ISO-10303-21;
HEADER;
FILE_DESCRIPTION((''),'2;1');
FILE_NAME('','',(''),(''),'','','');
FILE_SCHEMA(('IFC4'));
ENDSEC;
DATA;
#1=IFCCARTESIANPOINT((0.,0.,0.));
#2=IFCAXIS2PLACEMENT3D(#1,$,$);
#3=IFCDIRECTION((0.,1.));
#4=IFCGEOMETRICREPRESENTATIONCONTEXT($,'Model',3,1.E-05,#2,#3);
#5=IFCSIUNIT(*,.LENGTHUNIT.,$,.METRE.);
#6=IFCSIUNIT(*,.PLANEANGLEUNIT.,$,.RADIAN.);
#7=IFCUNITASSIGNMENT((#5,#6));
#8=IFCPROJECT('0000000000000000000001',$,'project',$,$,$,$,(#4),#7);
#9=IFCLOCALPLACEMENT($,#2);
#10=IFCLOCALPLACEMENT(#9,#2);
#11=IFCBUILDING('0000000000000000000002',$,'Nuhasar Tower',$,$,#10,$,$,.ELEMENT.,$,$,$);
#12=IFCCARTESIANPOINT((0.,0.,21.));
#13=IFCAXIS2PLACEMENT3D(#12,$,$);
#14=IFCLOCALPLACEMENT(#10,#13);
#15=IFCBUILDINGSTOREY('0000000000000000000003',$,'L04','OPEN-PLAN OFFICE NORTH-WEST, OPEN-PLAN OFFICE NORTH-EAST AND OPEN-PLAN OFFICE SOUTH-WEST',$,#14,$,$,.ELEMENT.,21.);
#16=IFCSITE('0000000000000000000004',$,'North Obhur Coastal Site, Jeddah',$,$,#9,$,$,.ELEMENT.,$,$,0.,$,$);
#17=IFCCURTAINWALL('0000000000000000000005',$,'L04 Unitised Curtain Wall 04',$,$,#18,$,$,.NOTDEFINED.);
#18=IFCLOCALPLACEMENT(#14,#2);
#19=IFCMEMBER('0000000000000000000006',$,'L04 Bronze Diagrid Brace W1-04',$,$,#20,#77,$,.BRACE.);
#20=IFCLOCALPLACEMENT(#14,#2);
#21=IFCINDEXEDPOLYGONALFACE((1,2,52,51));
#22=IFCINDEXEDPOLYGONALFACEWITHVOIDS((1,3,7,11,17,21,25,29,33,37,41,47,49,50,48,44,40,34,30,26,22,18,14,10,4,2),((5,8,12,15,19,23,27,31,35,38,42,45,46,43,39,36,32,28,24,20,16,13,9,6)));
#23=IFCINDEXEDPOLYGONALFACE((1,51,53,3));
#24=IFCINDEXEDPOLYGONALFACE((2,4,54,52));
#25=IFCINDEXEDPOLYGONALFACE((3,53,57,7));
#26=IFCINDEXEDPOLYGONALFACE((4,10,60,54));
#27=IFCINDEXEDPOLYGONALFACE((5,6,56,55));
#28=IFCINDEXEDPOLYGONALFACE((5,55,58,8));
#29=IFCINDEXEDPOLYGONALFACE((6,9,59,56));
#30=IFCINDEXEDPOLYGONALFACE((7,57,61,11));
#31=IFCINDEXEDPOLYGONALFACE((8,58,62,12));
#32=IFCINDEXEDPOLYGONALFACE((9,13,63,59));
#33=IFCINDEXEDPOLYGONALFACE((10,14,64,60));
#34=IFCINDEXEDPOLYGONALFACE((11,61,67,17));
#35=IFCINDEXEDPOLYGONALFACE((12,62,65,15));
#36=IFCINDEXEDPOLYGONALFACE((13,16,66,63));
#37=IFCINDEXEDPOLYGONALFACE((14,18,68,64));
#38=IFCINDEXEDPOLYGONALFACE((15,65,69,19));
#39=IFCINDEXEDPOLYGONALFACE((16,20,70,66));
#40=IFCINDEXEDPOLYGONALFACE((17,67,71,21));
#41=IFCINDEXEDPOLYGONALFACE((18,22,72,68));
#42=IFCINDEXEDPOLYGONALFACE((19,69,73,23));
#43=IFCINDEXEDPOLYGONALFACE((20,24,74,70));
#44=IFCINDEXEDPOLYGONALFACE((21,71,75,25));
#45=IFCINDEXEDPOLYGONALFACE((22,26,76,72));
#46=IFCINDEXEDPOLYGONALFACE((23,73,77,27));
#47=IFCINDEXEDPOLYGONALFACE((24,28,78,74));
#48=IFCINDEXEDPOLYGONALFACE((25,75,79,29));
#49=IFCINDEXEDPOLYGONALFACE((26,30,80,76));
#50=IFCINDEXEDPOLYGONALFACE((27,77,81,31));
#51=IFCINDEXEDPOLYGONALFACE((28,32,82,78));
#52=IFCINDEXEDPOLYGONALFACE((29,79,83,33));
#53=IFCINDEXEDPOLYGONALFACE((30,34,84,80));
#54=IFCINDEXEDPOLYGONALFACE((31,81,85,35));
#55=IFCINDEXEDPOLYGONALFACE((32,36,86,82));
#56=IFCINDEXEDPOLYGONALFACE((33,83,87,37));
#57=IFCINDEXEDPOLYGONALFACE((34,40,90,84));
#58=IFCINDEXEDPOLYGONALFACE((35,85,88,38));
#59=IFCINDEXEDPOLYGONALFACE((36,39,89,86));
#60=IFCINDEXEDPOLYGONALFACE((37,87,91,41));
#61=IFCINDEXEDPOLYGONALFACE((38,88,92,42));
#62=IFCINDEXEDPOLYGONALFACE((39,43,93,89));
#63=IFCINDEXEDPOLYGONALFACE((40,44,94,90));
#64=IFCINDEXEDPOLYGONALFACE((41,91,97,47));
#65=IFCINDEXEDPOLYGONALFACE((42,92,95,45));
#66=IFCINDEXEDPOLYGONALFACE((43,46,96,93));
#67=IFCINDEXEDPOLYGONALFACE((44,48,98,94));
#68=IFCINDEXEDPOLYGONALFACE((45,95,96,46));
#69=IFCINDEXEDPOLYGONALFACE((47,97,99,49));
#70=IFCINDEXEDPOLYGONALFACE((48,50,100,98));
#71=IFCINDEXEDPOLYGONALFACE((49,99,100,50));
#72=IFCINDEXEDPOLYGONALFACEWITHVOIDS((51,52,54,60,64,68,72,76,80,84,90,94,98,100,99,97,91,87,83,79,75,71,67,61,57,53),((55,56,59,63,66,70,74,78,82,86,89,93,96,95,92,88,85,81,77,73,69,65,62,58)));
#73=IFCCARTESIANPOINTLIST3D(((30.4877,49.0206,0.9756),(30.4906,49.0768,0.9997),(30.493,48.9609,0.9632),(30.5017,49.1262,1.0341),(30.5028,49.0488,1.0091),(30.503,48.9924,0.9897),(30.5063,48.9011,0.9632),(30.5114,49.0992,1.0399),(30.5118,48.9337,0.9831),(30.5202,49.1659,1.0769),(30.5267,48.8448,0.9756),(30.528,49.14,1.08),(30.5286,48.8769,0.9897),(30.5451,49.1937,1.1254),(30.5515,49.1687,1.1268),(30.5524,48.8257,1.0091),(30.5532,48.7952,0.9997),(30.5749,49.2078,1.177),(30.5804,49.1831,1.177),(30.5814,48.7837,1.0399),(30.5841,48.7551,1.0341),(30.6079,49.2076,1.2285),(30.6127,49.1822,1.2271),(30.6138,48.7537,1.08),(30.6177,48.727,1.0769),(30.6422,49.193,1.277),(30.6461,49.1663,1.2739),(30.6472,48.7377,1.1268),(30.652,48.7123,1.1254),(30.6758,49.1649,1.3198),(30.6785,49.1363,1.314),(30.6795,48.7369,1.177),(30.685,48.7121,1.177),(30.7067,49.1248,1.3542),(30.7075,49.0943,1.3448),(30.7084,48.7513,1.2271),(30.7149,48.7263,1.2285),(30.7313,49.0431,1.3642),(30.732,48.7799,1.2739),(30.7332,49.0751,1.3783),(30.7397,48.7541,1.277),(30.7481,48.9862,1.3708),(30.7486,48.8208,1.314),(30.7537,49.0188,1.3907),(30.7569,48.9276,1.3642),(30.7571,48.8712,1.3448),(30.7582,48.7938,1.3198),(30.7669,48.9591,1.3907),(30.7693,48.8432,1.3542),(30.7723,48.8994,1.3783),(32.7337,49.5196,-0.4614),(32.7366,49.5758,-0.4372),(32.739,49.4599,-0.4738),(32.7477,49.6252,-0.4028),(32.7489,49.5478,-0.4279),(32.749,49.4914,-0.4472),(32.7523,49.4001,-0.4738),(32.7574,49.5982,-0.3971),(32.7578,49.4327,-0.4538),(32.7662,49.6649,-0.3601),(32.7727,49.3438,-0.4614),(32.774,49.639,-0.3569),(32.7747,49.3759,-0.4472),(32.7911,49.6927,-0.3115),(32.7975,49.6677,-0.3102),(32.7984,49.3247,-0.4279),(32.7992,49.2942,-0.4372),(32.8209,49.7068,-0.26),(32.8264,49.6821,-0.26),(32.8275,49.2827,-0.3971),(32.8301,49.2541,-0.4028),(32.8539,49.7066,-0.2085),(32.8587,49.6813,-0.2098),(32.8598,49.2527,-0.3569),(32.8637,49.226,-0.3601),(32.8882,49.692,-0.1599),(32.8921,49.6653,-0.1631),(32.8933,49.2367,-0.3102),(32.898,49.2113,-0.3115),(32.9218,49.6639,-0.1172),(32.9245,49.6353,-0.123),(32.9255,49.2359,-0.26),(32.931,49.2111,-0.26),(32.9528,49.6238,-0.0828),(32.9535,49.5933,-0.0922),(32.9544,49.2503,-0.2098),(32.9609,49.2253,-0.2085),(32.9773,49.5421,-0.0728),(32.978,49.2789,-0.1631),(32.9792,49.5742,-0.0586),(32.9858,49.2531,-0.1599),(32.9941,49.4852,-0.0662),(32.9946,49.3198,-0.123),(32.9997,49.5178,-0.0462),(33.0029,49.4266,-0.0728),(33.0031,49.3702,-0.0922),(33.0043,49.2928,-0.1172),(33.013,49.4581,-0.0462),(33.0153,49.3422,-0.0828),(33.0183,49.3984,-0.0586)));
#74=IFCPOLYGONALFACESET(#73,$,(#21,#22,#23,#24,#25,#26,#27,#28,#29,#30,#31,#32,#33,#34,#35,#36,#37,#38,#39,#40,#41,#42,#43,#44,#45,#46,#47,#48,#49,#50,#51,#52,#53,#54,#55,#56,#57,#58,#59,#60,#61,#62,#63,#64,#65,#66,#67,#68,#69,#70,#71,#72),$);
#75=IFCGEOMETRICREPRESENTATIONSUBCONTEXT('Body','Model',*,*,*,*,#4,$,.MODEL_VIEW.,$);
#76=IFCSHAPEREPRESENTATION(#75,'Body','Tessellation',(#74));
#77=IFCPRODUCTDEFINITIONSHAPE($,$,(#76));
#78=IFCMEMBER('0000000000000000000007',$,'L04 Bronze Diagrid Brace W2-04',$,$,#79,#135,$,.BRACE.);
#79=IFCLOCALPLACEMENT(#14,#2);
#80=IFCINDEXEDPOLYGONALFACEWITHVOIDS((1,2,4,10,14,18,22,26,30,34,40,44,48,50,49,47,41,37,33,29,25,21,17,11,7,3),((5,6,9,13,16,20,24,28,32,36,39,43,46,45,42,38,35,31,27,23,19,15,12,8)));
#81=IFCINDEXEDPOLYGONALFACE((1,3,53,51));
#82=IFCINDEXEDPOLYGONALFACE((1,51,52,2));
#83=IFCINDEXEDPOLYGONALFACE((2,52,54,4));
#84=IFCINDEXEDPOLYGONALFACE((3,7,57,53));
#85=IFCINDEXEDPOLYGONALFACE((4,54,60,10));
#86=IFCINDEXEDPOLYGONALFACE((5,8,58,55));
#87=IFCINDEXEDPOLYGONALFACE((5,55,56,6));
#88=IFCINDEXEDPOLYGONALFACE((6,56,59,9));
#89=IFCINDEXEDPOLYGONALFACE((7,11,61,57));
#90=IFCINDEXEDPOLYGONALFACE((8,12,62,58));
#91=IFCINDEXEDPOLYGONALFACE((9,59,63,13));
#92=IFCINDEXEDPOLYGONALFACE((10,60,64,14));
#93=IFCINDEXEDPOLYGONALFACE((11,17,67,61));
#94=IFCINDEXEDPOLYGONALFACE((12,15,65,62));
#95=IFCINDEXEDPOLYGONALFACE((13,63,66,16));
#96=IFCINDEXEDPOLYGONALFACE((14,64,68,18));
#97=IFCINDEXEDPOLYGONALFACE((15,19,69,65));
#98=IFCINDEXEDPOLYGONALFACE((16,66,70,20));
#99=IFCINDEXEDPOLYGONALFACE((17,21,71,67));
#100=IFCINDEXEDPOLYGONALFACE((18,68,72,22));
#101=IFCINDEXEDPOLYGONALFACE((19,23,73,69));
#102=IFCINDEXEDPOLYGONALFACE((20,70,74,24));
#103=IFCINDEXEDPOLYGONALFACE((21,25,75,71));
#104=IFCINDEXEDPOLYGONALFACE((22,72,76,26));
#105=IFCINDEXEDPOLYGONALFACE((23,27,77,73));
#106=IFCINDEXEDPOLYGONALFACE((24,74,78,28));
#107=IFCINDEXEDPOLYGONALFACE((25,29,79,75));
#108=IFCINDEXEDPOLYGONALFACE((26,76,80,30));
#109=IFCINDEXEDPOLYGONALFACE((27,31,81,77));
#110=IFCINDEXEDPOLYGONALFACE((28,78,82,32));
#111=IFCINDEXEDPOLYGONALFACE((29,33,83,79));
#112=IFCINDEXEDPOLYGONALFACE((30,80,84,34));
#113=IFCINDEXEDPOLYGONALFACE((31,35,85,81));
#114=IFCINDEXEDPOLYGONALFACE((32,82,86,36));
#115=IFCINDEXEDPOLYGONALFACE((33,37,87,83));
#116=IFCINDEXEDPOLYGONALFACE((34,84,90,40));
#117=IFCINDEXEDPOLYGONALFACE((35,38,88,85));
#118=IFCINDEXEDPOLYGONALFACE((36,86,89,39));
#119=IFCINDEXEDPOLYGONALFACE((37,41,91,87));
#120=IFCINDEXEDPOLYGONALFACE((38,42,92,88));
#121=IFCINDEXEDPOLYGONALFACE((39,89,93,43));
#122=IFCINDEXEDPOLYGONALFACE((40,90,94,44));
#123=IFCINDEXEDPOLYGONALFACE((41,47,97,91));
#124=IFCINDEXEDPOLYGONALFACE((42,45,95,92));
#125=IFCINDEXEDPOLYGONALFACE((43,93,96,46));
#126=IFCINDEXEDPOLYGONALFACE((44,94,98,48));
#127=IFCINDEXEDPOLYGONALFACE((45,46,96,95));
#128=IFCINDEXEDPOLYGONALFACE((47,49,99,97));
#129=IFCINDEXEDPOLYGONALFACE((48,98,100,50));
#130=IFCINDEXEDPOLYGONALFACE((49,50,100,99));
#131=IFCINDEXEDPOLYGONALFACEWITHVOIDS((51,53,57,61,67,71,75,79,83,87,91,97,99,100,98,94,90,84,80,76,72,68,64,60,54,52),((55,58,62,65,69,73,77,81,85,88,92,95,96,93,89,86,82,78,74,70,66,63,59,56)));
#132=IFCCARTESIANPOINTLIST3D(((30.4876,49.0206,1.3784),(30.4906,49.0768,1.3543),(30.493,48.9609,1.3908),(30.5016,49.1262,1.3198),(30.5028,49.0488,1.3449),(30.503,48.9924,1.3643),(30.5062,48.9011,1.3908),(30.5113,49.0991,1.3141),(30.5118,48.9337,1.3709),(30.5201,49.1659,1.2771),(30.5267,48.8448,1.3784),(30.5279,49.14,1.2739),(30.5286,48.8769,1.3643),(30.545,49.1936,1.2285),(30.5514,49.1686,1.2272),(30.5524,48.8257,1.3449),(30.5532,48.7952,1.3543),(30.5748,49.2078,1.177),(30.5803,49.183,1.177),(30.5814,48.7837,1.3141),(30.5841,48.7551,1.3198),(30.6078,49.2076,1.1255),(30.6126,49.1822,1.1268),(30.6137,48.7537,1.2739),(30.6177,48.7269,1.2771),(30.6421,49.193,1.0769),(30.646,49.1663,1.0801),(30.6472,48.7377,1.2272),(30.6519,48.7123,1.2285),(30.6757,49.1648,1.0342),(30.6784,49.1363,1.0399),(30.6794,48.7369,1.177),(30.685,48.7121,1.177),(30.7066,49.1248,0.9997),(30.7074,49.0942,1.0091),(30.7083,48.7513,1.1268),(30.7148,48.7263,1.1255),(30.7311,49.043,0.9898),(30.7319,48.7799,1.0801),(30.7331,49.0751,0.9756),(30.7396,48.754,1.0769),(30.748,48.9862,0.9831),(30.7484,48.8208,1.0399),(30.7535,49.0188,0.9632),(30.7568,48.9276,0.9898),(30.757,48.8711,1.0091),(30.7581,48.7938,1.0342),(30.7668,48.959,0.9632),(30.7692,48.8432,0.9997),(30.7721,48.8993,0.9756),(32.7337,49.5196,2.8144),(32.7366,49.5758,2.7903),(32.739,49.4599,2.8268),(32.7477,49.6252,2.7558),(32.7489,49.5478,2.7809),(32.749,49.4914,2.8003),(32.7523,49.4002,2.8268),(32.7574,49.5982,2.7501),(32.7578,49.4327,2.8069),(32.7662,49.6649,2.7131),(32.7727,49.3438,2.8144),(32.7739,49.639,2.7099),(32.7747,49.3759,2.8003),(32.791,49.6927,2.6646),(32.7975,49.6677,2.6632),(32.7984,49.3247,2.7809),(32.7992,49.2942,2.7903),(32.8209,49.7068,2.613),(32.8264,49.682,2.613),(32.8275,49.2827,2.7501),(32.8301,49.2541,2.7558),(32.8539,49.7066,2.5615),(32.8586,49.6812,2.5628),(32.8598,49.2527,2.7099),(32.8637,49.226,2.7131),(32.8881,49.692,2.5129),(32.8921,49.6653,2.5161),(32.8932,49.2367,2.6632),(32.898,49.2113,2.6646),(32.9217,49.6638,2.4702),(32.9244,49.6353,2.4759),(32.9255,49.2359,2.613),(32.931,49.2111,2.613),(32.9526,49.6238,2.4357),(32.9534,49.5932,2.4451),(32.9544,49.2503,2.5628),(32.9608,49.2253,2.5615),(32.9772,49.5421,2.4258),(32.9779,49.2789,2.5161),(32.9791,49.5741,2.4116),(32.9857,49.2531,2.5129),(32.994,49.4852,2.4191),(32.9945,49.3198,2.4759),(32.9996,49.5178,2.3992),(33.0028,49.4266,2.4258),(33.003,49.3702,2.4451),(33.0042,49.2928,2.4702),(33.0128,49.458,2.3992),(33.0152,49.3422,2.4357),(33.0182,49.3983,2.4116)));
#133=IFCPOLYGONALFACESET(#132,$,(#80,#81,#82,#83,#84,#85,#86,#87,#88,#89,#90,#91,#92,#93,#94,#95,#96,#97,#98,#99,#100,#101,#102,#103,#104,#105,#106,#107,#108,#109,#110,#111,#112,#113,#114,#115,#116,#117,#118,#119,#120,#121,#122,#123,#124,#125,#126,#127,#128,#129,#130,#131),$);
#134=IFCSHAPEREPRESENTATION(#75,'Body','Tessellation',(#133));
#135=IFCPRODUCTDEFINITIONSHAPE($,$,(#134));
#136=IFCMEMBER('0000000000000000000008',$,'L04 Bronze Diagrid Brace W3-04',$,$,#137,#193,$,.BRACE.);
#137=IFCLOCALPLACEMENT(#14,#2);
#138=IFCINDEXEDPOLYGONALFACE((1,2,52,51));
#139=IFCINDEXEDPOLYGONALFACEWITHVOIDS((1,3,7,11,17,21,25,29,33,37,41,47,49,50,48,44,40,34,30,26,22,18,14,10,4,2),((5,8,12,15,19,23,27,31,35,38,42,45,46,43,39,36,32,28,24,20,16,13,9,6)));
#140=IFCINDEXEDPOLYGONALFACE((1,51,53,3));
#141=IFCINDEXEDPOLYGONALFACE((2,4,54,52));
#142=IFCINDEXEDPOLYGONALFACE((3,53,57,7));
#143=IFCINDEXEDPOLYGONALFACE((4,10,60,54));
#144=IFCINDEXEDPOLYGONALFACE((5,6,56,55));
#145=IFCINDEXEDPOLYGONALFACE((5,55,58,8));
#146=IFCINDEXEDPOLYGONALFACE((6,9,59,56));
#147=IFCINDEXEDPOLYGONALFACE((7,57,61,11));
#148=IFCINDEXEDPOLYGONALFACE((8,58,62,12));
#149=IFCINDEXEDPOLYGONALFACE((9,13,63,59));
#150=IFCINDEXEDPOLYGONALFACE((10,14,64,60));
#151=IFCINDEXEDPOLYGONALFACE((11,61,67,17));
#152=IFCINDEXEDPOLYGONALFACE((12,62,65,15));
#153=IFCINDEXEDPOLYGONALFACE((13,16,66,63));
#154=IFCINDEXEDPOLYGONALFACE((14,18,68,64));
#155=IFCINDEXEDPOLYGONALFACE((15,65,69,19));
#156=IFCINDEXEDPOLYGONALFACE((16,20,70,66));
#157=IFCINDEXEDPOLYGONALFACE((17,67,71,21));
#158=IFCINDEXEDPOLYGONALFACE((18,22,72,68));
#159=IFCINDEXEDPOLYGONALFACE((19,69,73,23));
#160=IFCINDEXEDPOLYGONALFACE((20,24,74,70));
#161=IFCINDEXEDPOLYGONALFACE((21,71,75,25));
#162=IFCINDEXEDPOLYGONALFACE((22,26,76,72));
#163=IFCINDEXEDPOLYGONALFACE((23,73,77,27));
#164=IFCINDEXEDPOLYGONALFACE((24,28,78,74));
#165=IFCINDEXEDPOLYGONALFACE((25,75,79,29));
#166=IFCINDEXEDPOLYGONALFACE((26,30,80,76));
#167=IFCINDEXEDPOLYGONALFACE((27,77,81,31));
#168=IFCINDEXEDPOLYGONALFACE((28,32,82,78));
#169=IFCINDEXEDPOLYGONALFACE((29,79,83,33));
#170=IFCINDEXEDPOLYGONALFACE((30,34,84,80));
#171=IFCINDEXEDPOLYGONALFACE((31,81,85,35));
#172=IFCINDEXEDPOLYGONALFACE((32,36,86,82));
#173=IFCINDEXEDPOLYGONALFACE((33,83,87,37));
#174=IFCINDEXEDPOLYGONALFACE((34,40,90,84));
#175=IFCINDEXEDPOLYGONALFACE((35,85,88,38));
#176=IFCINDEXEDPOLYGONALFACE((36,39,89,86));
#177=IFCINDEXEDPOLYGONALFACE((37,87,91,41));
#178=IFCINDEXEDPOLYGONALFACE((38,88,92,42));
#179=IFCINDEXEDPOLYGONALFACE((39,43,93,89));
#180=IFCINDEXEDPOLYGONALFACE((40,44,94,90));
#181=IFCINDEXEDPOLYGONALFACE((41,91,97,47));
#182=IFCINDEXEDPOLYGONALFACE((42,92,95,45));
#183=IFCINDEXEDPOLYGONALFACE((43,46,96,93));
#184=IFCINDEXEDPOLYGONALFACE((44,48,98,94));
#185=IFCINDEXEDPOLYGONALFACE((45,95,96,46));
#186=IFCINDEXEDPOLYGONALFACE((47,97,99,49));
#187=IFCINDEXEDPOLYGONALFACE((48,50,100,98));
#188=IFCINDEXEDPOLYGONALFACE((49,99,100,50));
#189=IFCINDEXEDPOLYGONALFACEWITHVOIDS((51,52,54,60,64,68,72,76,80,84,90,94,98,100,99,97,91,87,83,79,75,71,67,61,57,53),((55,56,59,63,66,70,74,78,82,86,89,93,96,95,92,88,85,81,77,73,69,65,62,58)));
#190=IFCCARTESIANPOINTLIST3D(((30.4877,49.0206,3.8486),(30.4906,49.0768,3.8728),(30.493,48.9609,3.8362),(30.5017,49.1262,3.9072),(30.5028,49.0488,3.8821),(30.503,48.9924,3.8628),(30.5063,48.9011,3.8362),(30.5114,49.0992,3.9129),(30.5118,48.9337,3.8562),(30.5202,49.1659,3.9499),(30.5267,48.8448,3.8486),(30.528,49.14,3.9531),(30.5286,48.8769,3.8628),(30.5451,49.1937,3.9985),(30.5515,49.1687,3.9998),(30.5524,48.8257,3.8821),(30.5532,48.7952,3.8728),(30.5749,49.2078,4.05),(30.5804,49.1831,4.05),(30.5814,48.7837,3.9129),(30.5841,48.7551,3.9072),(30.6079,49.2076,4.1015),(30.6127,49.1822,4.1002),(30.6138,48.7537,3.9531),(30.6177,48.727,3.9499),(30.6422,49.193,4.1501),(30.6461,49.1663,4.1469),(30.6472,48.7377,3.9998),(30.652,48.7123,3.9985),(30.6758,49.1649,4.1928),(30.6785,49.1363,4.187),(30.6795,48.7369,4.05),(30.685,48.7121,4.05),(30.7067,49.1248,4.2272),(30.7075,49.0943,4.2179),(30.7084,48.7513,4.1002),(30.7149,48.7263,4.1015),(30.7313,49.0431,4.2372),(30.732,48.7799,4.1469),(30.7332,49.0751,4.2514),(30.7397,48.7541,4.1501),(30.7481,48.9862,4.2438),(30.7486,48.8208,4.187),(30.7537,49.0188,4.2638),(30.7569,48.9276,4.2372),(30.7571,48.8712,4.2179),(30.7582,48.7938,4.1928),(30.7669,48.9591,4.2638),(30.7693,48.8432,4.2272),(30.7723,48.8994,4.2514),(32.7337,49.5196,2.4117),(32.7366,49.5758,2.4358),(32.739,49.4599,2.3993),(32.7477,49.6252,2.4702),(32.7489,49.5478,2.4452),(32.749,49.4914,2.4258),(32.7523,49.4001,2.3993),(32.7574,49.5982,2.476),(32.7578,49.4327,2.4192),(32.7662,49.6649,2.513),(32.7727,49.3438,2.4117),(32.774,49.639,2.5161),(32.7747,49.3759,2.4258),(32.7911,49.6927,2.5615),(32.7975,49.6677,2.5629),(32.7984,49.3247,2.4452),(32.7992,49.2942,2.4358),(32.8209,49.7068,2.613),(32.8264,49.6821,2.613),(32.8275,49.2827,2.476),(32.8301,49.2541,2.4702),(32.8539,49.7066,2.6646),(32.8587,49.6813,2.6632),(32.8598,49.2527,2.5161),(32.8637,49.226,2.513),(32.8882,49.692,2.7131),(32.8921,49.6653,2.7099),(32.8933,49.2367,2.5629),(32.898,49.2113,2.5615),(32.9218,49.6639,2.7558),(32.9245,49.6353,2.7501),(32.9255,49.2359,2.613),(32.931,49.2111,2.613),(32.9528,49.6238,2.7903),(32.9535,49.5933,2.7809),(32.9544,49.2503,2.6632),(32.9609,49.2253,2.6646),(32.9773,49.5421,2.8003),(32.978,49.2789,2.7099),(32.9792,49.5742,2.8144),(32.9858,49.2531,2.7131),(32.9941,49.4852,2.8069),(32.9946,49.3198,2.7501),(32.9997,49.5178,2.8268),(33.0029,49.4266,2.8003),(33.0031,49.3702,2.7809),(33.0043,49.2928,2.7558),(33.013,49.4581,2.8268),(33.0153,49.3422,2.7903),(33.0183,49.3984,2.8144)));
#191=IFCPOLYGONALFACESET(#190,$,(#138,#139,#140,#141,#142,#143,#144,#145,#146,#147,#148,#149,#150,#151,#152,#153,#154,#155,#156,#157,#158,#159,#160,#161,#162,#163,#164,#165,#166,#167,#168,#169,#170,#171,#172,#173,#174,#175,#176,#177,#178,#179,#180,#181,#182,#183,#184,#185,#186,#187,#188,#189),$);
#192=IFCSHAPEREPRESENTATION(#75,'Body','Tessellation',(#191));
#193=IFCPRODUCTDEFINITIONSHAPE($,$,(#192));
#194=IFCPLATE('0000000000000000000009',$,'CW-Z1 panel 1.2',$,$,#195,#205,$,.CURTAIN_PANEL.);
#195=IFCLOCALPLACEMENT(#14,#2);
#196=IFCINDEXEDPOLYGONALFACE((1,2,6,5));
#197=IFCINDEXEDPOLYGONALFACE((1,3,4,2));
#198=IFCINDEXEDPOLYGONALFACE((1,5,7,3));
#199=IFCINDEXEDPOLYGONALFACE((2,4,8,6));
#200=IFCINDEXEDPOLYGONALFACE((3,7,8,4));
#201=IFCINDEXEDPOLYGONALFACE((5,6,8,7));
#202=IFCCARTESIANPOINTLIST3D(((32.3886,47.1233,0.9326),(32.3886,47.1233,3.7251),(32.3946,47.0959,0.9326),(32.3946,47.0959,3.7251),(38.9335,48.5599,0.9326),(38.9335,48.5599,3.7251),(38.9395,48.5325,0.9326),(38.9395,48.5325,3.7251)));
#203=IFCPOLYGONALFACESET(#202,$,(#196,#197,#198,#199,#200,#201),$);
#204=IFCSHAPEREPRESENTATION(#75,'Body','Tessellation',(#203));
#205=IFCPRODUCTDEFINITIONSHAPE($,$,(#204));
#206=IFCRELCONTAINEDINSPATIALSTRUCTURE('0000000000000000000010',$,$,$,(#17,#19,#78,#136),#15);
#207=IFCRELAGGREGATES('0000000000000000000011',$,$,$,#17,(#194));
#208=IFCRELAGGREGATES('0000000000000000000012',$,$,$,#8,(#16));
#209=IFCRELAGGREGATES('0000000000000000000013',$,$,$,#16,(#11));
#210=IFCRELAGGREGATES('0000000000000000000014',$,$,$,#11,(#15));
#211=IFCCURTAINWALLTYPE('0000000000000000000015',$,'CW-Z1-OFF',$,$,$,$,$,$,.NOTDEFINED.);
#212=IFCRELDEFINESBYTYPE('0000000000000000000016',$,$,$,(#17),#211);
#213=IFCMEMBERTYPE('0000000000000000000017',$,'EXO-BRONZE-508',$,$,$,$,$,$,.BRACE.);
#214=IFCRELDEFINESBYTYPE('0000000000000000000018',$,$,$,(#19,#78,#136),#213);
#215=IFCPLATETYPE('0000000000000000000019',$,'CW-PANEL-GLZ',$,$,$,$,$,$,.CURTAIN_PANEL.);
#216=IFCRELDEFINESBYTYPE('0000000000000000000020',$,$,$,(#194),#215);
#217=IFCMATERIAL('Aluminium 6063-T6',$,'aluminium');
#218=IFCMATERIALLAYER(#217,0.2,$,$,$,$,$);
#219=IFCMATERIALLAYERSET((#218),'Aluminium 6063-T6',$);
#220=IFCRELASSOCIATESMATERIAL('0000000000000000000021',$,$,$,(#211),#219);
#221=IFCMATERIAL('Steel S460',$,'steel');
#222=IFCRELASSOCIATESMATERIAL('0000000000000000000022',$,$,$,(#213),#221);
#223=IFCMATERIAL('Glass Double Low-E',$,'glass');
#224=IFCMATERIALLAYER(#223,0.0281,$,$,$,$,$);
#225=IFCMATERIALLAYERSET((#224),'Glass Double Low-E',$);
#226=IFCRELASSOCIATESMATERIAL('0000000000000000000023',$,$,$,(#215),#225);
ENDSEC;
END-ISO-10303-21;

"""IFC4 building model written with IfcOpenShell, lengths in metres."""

from ifc_helpers import new_model, si_unit, direction, frame, origin, origin_2d, place, context, subcontext, project, spatial, rectangle, hollow_circle, extrude, material, layer, layer_set, material_profile, profile_set, type_object, element, aggregate, save


model = new_model("IFC4")

# Units and contexts
model_context = context("Model", 3, precision=1e-05, world=origin(), true_north=direction((0.0, 1.0)))
body_context = subcontext(model_context, "Body", "Model", "MODEL_VIEW")
ifc_project = project(units=[si_unit("LENGTHUNIT", "METRE"), si_unit("PLANEANGLEUNIT", "RADIAN")], contexts=[model_context])

# Site, building, storey
site_placement = place(None, origin())
site = spatial("IfcSite", under=ifc_project, at=site_placement, Name="North Obhur Coastal Site, Jeddah", CompositionType="ELEMENT", RefElevation=0.0)
building_placement = place(site_placement, origin())
building = spatial("IfcBuilding", under=site, at=building_placement, Name="Nuhasar Tower", CompositionType="ELEMENT")
storey_placement = place(building_placement, frame((0.0, 0.0, 21.0)))
storey = spatial("IfcBuildingStorey", under=building, at=storey_placement, Name="L04", Description="OPEN-PLAN OFFICE NORTH-WEST, OPEN-PLAN OFFICE NORTH-EAST AND OPEN-PLAN OFFICE SOUTH-WEST", CompositionType="ELEMENT", Elevation=21.0)

# Shared definitions
ifc_material_1 = material(Name="Steel S460", Category="steel")

# Curtain wall
ifc_material_2 = material(Name="Aluminium 6063-T6", Category="aluminium")
ifc_layer_1 = layer(ifc_material_2, 0.2)
ifc_layer_set_1 = layer_set([ifc_layer_1], Name="Aluminium 6063-T6")
curtain_wall_type = type_object("IfcCurtainWallType", Name="CW-Z1-OFF", PredefinedType="NOTDEFINED", material=ifc_layer_set_1)
curtain_wall_placement = place(storey_placement, origin())
curtain_wall = element("IfcCurtainWall", 1, at=curtain_wall_placement, inside=storey, type_object=curtain_wall_type, Name="L04 Unitised Curtain Wall 04", PredefinedType="NOTDEFINED")

# Members
ifc_material_profile_1 = material_profile(ifc_material_1, hollow_circle(Radius=0.2539, WallThickness=0.0254, at=origin_2d()), Name="HSS508X25.4")
ifc_profile_set_1 = profile_set([ifc_material_profile_1], Name="Steel S460")
member_type_1 = type_object("IfcMemberType", Name="EXO-BRONZE-508", PredefinedType="BRACE", material=ifc_profile_set_1)
member_1_placement = place(storey_placement, frame((32.876, 49.459, -0.26), z_axis=(-0.827979, -0.183955, 0.529727), x_axis=(0.216886, -0.976197, 0.0)))
element("IfcMember", 2, at=member_1_placement, inside=storey, type_object=member_type_1, Name="L04 Bronze Diagrid Brace W1-04", PredefinedType="BRACE", context=body_context, shape_type="SweptSolid", body=[
    extrude(hollow_circle(Radius=0.2539, WallThickness=0.0254, at=origin_2d()), origin(), (0.0, 0.0, 1.0), 2.7126),
])
member_2_placement = place(storey_placement, frame((30.6299, 48.96, 1.177), z_axis=(0.828137, 0.183991, 0.529468), x_axis=(-0.216886, 0.976197, 0.0)))
element("IfcMember", 3, at=member_2_placement, inside=storey, type_object=member_type_1, Name="L04 Bronze Diagrid Brace W2-04", PredefinedType="BRACE", context=body_context, shape_type="SweptSolid", body=[
    extrude(hollow_circle(Radius=0.2539, WallThickness=0.0254, at=origin_2d()), origin(), (0.0, 0.0, 1.0), 2.7122),
])
member_3_placement = place(storey_placement, frame((32.876, 49.459, 2.613), z_axis=(-0.827979, -0.183955, 0.529727), x_axis=(0.216886, -0.976197, 0.0)))
element("IfcMember", 4, at=member_3_placement, inside=storey, type_object=member_type_1, Name="L04 Bronze Diagrid Brace W3-04", PredefinedType="BRACE", context=body_context, shape_type="SweptSolid", body=[
    extrude(hollow_circle(Radius=0.2539, WallThickness=0.0254, at=origin_2d()), origin(), (0.0, 0.0, 1.0), 2.7126),
])

# Plate
ifc_material_3 = material(Name="Glass Double Low-E", Category="glass")
ifc_layer_2 = layer(ifc_material_3, 0.0281)
ifc_layer_set_2 = layer_set([ifc_layer_2], Name="Glass Double Low-E")
plate_type_1 = type_object("IfcPlateType", Name="CW-PANEL-GLZ", PredefinedType="CURTAIN_PANEL", material=ifc_layer_set_2)
plate_1_placement = place(storey_placement, frame((35.6641, 47.8279, 0.9326), z_axis=(0.0, 0.0, 1.0), x_axis=(-0.976746, -0.214399, 0.0)))
plate_1 = element("IfcPlate", 5, at=plate_1_placement, type_object=plate_type_1, Name="CW-Z1 panel 1.2", PredefinedType="CURTAIN_PANEL", context=body_context, shape_type="SweptSolid", body=[
    extrude(rectangle(XDim=6.7007, YDim=0.0281, at=origin_2d()), origin(), (0.0, 0.0, 1.0), 2.7925),
])
aggregate(curtain_wall, [plate_1])

save(model, "model.ifc")
